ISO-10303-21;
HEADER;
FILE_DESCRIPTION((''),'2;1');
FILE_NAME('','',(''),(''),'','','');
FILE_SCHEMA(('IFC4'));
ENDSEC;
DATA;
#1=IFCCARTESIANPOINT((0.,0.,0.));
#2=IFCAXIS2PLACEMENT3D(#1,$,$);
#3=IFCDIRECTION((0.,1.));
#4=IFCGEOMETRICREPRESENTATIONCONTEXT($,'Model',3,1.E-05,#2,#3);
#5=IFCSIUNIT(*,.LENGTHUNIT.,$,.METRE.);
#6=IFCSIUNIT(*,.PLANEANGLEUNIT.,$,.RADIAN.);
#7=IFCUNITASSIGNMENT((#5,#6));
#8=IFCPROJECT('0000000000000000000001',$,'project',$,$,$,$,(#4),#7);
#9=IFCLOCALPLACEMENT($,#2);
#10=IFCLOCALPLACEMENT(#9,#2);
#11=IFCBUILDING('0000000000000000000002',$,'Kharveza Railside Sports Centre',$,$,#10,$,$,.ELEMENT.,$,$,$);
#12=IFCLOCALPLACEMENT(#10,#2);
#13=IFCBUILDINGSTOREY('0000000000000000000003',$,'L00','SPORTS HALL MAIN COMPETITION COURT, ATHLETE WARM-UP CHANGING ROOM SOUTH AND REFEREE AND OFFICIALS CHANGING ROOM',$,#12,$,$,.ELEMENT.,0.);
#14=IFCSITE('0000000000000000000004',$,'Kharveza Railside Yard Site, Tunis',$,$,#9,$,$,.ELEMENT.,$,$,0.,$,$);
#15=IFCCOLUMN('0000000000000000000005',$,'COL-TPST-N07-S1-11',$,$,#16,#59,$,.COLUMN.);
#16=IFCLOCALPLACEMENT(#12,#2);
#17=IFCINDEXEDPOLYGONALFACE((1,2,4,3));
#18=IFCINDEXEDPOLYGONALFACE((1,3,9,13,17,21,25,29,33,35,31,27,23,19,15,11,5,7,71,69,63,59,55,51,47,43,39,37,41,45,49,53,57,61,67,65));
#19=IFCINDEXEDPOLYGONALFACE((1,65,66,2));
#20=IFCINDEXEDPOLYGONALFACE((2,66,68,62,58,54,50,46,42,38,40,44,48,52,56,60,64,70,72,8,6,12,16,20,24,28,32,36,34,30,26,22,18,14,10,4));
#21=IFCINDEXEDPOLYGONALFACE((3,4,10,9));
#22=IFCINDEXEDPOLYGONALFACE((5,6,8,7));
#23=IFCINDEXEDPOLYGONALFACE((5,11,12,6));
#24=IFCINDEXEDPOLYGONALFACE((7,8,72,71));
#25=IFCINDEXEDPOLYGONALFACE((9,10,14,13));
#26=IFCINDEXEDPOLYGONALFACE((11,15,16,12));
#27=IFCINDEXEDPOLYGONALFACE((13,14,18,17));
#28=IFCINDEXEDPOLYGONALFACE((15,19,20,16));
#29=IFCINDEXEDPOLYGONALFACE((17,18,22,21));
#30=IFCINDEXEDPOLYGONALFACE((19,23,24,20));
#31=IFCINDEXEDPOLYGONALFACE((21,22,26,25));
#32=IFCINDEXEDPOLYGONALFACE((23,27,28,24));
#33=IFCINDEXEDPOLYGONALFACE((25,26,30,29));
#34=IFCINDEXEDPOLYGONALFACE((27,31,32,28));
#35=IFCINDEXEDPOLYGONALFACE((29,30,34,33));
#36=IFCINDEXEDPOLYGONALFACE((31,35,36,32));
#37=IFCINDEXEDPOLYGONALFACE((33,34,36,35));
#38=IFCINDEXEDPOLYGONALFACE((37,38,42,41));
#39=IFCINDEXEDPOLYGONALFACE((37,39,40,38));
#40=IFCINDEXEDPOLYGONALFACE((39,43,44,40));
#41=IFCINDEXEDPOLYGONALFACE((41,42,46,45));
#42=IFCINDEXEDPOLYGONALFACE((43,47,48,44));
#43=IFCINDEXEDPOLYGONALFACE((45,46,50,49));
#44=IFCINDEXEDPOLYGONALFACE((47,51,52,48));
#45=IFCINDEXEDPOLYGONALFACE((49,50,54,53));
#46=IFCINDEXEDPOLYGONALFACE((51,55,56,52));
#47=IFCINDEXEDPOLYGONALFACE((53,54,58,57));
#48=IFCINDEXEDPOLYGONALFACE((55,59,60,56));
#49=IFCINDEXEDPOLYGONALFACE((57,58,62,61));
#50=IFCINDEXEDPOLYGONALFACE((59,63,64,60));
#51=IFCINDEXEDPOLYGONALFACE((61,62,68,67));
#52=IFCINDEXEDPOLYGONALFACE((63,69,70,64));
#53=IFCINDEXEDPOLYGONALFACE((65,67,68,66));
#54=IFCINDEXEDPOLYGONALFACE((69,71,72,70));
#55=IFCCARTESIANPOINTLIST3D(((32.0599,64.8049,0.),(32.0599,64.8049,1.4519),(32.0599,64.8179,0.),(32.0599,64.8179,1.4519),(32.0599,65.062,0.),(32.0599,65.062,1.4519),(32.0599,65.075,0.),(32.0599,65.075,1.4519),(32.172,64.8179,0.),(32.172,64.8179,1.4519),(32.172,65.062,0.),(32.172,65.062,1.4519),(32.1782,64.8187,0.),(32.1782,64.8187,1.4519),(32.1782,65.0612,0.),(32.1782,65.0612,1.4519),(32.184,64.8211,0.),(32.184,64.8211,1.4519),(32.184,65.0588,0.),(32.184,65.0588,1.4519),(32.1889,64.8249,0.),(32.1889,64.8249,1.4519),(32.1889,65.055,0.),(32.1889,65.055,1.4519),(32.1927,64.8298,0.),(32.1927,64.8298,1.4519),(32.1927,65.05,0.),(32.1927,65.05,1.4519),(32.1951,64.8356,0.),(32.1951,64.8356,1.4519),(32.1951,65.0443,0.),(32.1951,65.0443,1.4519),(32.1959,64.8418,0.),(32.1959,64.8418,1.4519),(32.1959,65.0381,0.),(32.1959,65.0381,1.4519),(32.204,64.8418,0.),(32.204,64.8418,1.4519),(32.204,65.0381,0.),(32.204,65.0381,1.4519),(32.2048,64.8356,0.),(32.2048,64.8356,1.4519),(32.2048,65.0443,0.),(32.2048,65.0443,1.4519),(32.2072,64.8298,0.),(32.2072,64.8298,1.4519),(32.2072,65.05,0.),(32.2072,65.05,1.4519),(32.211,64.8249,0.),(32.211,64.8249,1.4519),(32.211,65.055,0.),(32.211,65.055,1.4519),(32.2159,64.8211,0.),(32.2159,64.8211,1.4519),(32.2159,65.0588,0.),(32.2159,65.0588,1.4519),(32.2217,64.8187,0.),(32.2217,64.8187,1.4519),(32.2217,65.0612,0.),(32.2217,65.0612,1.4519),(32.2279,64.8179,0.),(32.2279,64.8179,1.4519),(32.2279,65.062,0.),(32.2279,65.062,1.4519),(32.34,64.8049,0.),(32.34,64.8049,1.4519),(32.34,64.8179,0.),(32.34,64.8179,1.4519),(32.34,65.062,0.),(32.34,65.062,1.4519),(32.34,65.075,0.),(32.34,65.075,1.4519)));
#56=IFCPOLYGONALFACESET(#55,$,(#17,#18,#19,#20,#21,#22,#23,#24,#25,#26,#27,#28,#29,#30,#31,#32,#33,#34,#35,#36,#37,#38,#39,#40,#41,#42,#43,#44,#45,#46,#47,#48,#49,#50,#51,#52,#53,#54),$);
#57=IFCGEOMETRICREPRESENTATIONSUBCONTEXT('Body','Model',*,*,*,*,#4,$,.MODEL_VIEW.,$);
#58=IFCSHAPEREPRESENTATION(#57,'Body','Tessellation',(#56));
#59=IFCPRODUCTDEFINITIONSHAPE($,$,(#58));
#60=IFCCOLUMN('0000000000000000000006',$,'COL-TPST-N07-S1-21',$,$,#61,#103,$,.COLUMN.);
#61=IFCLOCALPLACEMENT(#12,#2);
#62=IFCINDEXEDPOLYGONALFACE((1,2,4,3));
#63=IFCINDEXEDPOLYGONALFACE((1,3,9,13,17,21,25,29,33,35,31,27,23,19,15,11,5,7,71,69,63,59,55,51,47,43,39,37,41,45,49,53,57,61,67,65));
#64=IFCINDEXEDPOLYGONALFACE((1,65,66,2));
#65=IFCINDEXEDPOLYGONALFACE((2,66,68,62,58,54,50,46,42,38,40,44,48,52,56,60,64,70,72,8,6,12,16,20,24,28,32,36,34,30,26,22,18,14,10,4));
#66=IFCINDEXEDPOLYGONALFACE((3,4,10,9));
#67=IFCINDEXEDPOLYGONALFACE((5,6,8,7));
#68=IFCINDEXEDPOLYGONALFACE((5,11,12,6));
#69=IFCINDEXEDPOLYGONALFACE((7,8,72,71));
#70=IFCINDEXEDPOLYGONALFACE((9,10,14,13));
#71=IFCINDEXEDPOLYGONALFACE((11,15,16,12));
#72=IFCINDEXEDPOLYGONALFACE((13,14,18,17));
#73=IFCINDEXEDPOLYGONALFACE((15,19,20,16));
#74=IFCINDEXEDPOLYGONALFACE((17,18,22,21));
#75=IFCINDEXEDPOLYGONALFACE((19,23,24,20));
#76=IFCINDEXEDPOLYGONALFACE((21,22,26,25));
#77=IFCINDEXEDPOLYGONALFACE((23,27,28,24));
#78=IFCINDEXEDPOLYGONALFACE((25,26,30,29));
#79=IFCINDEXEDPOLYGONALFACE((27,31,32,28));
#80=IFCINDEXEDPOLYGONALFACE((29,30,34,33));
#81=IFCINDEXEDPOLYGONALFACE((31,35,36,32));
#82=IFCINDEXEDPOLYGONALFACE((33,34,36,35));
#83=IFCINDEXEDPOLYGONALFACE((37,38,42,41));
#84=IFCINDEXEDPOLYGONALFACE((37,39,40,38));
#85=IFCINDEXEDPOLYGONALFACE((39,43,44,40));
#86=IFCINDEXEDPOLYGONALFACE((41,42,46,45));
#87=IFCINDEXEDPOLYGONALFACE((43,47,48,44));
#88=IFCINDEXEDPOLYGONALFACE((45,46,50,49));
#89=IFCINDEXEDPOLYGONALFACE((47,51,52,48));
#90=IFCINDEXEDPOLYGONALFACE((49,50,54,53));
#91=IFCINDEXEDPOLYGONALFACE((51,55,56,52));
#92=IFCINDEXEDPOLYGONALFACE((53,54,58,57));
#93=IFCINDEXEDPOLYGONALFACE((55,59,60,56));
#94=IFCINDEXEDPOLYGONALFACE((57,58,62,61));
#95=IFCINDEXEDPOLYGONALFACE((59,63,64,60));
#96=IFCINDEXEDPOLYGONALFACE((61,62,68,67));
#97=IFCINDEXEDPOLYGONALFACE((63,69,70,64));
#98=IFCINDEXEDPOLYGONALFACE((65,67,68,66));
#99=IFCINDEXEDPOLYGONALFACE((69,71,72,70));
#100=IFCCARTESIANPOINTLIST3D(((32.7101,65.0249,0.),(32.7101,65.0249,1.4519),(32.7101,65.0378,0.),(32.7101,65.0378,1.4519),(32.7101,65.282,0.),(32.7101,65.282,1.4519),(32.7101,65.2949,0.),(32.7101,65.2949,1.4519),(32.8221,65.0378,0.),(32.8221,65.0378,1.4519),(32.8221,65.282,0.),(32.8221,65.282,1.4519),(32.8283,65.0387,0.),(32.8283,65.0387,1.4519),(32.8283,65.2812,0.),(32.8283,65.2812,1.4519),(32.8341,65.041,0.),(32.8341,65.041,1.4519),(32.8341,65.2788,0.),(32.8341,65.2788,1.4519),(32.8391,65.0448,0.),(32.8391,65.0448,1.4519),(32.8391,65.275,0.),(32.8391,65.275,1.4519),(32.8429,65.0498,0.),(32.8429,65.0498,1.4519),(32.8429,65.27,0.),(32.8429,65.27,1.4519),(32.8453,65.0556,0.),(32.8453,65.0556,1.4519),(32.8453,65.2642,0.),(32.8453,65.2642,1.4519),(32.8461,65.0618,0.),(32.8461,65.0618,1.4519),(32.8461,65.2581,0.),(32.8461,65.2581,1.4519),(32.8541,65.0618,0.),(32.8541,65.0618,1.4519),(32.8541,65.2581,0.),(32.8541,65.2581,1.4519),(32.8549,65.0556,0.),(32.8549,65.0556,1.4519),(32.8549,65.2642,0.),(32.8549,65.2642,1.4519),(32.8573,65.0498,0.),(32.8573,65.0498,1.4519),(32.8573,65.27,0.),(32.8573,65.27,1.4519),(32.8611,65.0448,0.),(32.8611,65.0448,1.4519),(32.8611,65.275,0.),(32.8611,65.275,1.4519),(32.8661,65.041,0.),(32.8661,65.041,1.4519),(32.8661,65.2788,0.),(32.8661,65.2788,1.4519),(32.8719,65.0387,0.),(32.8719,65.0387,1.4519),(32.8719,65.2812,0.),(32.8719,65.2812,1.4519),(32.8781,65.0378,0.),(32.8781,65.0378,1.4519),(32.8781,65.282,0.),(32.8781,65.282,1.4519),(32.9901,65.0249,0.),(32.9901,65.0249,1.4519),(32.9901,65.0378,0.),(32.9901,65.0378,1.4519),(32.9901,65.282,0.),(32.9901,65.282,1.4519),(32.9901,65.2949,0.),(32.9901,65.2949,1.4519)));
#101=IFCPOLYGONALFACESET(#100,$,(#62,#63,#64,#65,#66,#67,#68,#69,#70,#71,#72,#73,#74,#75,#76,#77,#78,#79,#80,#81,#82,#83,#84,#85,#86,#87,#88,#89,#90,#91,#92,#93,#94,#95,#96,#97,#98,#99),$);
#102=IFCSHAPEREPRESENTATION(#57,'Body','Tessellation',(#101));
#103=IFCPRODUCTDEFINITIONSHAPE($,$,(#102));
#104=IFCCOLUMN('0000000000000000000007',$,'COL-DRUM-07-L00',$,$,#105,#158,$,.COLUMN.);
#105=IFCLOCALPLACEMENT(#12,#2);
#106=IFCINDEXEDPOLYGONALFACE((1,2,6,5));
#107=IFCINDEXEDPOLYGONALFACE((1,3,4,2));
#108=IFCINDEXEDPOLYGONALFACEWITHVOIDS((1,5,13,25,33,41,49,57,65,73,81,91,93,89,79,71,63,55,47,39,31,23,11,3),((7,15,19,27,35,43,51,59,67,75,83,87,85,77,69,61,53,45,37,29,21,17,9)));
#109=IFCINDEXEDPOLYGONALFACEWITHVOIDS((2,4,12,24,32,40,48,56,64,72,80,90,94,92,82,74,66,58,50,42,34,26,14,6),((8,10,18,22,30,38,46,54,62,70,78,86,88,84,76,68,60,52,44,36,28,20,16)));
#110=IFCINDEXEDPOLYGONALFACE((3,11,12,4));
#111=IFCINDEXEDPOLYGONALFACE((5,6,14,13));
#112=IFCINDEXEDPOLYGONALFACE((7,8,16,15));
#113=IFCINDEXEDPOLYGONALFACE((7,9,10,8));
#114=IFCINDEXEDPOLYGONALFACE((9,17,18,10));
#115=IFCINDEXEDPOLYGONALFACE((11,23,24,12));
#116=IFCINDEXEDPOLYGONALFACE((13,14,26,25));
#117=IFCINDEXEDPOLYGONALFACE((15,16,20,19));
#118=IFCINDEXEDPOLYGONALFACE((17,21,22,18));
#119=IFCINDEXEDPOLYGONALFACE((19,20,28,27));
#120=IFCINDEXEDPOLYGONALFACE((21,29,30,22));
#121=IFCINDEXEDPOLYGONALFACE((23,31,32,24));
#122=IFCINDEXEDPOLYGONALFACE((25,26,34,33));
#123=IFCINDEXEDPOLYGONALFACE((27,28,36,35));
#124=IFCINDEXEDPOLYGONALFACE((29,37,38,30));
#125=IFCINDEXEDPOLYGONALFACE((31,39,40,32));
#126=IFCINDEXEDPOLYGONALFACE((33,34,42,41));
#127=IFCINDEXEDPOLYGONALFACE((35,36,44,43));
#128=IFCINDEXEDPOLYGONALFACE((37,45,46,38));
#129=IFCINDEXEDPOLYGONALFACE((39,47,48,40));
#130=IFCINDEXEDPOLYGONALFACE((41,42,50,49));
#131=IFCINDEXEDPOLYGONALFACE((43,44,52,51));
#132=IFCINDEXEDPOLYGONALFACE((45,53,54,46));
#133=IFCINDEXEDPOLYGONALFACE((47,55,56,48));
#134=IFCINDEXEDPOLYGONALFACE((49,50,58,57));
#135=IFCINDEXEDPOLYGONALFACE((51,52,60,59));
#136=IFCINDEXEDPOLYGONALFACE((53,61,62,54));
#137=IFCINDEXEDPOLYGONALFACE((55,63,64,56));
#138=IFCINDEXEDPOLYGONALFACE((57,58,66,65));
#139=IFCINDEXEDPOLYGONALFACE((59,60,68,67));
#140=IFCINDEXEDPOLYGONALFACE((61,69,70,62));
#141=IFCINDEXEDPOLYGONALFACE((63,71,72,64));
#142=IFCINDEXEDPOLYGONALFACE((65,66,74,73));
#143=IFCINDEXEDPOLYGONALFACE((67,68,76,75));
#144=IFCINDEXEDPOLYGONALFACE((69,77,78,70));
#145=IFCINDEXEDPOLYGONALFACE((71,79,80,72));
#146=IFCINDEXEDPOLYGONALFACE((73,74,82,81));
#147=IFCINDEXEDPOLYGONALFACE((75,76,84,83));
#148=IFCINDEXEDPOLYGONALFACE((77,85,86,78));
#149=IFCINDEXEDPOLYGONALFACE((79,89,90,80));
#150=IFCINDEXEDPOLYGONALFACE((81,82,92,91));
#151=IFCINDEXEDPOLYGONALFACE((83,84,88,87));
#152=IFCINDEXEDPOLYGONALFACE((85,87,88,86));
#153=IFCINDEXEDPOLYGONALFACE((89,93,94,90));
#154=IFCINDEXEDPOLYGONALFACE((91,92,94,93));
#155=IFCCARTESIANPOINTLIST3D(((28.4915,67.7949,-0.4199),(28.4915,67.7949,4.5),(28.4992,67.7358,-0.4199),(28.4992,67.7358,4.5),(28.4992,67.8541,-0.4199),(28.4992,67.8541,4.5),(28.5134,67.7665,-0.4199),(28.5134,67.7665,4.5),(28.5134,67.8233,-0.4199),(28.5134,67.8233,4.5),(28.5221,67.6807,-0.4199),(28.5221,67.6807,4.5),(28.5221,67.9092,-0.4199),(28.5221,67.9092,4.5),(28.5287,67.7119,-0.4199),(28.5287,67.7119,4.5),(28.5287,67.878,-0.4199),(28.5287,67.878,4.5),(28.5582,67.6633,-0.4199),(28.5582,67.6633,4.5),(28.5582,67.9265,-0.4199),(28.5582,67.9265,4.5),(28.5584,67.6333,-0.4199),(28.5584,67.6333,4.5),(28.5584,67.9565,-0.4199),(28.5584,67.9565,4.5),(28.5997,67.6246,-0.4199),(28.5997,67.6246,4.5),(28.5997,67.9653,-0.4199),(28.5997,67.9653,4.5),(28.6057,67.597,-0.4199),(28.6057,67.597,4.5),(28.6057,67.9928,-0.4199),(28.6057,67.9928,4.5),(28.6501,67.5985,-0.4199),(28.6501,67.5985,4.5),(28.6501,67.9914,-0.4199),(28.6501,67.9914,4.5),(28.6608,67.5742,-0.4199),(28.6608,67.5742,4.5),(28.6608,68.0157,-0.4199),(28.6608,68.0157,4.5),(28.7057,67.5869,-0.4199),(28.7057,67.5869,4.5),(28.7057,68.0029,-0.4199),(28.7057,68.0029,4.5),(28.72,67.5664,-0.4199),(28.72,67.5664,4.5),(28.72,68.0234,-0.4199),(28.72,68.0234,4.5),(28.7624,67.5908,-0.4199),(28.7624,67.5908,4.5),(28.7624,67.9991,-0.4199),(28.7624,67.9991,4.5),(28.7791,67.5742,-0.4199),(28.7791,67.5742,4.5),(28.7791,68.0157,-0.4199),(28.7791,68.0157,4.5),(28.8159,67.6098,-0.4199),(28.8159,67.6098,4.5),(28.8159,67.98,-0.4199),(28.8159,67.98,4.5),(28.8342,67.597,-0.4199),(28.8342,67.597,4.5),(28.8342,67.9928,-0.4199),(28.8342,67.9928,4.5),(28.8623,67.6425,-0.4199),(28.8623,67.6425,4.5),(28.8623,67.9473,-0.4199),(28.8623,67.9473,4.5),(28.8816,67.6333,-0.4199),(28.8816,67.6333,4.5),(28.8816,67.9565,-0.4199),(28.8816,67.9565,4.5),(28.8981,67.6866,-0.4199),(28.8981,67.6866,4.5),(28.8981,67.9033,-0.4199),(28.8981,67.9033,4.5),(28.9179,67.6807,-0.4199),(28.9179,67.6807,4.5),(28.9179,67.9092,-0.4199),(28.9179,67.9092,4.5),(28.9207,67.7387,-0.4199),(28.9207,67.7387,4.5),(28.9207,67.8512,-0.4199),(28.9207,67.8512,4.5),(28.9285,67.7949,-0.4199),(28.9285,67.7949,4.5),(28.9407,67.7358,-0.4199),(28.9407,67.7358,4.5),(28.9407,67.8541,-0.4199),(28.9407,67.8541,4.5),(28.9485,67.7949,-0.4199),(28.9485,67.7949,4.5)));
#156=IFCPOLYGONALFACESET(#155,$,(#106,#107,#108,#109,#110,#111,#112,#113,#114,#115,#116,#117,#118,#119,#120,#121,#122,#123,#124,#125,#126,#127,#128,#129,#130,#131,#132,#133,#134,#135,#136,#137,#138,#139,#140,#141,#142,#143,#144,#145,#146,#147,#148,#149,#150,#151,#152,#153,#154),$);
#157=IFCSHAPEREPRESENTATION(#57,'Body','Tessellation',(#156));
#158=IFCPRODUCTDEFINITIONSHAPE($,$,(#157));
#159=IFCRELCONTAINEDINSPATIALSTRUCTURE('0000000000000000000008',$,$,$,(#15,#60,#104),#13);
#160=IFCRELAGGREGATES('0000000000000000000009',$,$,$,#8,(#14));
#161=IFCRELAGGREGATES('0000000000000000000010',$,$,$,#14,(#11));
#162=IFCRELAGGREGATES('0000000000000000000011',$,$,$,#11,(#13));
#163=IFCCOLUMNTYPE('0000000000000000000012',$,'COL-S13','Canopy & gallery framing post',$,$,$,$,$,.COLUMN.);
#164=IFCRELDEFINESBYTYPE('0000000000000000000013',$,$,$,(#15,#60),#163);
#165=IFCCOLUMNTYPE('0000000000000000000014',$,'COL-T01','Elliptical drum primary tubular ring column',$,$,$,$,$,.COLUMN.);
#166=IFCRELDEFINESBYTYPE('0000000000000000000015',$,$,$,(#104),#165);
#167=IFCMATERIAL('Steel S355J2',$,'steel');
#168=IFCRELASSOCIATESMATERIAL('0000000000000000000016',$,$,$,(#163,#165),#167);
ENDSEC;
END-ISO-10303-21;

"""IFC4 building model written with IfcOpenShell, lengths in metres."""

from ifc_helpers import new_model, si_unit, direction, frame, origin, origin_2d, place, context, subcontext, project, spatial, hollow_circle, i_section, extrude, material, material_profile, profile_set, type_object, element, save


model = new_model("IFC4")

# Units and contexts
model_context = context("Model", 3, precision=1e-05, world=origin(), true_north=direction((0.0, 1.0)))
body_context = subcontext(model_context, "Body", "Model", "MODEL_VIEW")
ifc_project = project(units=[si_unit("LENGTHUNIT", "METRE"), si_unit("PLANEANGLEUNIT", "RADIAN")], contexts=[model_context])

# Site, building, storey
site_placement = place(None, origin())
site = spatial("IfcSite", under=ifc_project, at=site_placement, Name="Kharveza Railside Yard Site, Tunis", CompositionType="ELEMENT", RefElevation=0.0)
building_placement = place(site_placement, origin())
building = spatial("IfcBuilding", under=site, at=building_placement, Name="Kharveza Railside Sports Centre", CompositionType="ELEMENT")
storey_placement = place(building_placement, origin())
storey = spatial("IfcBuildingStorey", under=building, at=storey_placement, Name="L00", Description="SPORTS HALL MAIN COMPETITION COURT, ATHLETE WARM-UP CHANGING ROOM SOUTH AND REFEREE AND OFFICIALS CHANGING ROOM", CompositionType="ELEMENT", Elevation=0.0)

# Columns
ifc_material_1 = material(Name="Steel S355J2", Category="steel")
ifc_material_profile_1 = material_profile(ifc_material_1, i_section(OverallWidth=0.28, OverallDepth=0.27, WebThickness=0.0081, FlangeThickness=0.0129, FilletRadius=0.0239, at=origin_2d()), Name="HEA 280")
ifc_profile_set_1 = profile_set([ifc_material_profile_1], Name="Steel S355J2")
column_type_1 = type_object("IfcColumnType", Name="COL-S13", Description="Canopy & gallery framing post", PredefinedType="COLUMN", material=ifc_profile_set_1)
for number, where, z_axis, x_axis, name in (
    (1, (32.2, 64.9399, 0.0), (0.0, 0.0, 1.0), (1.0, 0.0, 0.0), "COL-TPST-N07-S1-11"),
    (2, (32.8501, 65.1599, 0.0), (0.0, 0.0, 1.0), (1.0, 0.0, 0.0), "COL-TPST-N07-S1-21"),
):
    element("IfcColumn", number, at=place(storey_placement, frame(where, z_axis=z_axis, x_axis=x_axis)), inside=storey, type_object=column_type_1, Name=name, PredefinedType="COLUMN", context=body_context, shape_type="SweptSolid", body=[
        extrude(i_section(OverallWidth=0.28, OverallDepth=0.27, WebThickness=0.0081, FlangeThickness=0.0129, FilletRadius=0.0239, at=origin_2d()), origin(), (0.0, 0.0, 1.0), 1.4519),
    ])
ifc_material_profile_2 = material_profile(ifc_material_1, hollow_circle(Radius=0.2285, WallThickness=0.02, at=origin_2d()), Name="CHS 457.0x20.0")
ifc_profile_set_2 = profile_set([ifc_material_profile_2], Name="Steel S355J2")
column_type_2 = type_object("IfcColumnType", Name="COL-T01", Description="Elliptical drum primary tubular ring column", PredefinedType="COLUMN", material=ifc_profile_set_2)
column_1_placement = place(storey_placement, frame((28.72, 67.7949, -0.4199), z_axis=(0.0, 0.0, 1.0), x_axis=(1.0, 0.0, 0.0)))
element("IfcColumn", 3, at=column_1_placement, inside=storey, type_object=column_type_2, Name="COL-DRUM-07-L00", PredefinedType="COLUMN", context=body_context, shape_type="SweptSolid", body=[
    extrude(hollow_circle(Radius=0.2285, WallThickness=0.02, at=origin_2d()), origin(), (0.0, 0.0, 1.0), 4.9199),
])

save(model, "model.ifc")
